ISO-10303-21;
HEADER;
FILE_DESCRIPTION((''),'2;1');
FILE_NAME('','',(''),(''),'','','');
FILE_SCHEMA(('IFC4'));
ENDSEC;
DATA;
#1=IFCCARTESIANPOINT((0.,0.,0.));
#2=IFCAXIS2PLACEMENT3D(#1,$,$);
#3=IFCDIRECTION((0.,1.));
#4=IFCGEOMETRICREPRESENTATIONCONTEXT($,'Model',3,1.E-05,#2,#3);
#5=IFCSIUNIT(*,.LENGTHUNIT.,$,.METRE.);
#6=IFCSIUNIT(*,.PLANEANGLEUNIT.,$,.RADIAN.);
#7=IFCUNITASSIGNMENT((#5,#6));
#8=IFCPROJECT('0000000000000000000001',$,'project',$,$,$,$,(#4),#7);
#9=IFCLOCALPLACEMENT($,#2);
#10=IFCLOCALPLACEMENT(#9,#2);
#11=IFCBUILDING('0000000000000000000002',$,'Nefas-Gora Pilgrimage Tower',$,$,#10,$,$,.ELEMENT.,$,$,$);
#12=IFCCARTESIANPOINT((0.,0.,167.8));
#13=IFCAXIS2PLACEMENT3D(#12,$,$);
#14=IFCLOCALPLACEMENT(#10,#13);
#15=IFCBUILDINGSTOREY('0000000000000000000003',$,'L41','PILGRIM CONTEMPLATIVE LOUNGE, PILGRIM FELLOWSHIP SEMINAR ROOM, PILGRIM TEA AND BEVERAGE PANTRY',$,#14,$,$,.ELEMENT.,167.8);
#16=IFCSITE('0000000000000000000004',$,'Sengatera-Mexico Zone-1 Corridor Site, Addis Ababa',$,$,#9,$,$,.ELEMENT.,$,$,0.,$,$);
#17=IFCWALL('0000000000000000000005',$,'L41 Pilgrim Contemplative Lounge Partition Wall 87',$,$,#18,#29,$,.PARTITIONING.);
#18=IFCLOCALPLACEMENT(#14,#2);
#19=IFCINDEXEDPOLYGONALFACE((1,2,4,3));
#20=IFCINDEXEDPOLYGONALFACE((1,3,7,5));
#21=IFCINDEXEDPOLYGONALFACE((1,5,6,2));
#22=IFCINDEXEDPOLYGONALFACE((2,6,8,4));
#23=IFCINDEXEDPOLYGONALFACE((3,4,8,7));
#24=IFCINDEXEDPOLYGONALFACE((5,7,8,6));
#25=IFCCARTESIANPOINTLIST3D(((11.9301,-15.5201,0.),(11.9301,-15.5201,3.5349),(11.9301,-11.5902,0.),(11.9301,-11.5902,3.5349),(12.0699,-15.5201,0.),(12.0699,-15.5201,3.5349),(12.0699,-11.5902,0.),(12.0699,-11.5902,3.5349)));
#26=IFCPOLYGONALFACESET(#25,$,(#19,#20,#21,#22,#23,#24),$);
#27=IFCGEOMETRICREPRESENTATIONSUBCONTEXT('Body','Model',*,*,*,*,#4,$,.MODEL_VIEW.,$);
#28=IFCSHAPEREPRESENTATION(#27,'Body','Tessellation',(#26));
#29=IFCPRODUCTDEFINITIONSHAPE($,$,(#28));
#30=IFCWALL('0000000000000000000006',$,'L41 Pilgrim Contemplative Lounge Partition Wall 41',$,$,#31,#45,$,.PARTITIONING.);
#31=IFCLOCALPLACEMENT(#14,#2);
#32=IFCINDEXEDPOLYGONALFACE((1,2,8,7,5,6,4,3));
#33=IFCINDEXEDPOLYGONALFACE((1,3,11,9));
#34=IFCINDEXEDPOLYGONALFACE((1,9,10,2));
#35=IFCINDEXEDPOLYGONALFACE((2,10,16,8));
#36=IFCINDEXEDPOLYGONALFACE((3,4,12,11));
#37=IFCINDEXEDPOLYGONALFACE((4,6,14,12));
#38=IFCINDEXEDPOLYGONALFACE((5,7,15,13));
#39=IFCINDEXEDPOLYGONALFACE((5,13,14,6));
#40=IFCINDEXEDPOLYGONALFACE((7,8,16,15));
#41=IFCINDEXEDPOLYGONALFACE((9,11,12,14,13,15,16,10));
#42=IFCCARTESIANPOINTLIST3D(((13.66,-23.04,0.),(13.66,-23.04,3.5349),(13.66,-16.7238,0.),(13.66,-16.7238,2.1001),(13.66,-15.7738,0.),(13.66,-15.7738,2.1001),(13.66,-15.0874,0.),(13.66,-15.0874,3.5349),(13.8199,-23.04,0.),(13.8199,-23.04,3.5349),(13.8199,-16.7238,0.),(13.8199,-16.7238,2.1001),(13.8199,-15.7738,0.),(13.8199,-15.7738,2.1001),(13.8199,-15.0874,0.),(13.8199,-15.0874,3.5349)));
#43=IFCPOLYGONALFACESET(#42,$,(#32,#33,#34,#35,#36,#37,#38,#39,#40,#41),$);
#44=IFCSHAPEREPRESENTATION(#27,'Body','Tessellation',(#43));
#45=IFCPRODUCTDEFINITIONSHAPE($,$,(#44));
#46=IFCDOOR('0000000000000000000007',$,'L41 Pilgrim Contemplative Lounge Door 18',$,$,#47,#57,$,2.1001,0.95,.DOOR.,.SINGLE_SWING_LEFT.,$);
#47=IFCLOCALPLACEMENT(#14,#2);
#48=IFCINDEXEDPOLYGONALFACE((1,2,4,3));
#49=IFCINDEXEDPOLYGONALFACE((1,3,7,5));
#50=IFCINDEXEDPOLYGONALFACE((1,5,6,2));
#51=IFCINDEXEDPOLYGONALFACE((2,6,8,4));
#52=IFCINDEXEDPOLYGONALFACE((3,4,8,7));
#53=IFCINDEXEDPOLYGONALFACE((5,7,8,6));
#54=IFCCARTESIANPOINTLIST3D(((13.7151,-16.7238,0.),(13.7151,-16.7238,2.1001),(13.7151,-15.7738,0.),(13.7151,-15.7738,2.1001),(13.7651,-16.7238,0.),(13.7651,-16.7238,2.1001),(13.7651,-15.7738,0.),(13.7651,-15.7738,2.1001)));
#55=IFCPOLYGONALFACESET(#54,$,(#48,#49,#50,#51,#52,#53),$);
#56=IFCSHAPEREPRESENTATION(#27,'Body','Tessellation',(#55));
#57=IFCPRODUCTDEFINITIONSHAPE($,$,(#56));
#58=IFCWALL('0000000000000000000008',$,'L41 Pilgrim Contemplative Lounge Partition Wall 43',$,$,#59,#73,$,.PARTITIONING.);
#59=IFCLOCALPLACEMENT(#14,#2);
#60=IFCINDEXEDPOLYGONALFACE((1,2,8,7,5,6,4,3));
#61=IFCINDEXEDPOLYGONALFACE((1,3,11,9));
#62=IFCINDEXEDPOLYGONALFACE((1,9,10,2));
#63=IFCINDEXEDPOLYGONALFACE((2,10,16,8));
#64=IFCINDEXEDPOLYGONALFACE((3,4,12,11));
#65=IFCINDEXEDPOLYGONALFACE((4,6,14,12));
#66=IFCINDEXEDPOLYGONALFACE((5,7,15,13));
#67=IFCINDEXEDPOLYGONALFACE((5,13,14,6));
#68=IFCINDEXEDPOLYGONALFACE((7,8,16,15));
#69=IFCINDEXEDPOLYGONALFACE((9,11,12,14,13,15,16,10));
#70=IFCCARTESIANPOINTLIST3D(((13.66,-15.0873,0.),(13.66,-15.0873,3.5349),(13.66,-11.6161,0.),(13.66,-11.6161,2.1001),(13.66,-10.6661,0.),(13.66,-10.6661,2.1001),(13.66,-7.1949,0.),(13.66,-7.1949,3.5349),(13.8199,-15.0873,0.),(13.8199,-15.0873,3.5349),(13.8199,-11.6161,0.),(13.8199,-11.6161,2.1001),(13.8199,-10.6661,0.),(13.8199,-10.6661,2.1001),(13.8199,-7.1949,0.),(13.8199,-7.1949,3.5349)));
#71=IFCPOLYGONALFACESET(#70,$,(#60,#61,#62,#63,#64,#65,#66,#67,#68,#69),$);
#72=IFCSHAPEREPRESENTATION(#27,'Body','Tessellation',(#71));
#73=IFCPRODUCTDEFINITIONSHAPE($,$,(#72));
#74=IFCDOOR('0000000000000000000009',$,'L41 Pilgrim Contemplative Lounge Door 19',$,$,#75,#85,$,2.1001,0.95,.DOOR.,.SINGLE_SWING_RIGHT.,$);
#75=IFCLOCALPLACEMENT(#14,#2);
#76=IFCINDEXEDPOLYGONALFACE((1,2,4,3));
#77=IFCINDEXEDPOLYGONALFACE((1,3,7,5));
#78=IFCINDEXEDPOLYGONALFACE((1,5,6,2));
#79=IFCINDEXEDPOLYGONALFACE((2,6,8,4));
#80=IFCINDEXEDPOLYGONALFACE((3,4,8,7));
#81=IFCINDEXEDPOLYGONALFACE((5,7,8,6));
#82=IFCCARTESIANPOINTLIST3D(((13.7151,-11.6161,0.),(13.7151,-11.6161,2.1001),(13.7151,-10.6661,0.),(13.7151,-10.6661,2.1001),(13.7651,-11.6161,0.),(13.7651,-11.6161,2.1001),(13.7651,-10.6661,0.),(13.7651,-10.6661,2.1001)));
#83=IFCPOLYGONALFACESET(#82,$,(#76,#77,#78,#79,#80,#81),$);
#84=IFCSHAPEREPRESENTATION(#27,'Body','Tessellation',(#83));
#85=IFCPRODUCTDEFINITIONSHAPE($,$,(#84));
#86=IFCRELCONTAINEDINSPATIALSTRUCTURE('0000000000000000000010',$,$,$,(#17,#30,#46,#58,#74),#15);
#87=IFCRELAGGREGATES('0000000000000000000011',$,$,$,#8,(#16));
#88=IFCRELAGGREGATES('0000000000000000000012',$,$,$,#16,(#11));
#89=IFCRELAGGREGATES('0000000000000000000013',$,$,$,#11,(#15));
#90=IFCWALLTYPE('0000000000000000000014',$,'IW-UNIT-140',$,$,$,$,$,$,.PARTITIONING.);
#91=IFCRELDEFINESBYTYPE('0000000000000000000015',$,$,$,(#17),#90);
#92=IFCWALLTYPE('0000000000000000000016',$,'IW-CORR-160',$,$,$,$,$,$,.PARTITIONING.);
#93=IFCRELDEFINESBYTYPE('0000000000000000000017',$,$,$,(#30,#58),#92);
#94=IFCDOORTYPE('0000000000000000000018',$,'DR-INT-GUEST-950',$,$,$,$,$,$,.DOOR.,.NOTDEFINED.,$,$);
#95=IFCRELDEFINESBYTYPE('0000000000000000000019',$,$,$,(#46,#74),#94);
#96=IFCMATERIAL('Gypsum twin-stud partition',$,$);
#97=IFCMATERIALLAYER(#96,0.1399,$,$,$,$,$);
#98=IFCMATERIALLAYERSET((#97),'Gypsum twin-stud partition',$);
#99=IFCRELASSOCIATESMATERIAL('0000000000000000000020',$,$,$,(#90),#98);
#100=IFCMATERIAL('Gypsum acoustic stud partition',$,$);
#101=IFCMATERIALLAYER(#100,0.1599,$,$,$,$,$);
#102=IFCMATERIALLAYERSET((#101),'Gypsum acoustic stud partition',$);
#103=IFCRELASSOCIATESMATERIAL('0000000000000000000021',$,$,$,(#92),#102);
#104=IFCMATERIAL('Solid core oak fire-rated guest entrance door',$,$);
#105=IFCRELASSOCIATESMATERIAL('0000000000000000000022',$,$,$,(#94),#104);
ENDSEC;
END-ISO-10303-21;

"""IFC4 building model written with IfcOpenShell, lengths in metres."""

from ifc_helpers import new_model, si_unit, direction, frame, frame_2d, origin, place, context, subcontext, project, spatial, rectangle, extrude, source, transform, mapped, material, layer, layer_set, type_object, element, fill, save


model = new_model("IFC4")

# Units and contexts
model_context = context("Model", 3, precision=1e-05, world=origin(), true_north=direction((0.0, 1.0)))
body_context = subcontext(model_context, "Body", "Model", "MODEL_VIEW")
ifc_project = project(units=[si_unit("LENGTHUNIT", "METRE"), si_unit("PLANEANGLEUNIT", "RADIAN")], contexts=[model_context])

# Site, building, storey
site_placement = place(None, origin())
site = spatial("IfcSite", under=ifc_project, at=site_placement, Name="Sengatera-Mexico Zone-1 Corridor Site, Addis Ababa", CompositionType="ELEMENT", RefElevation=0.0)
building_placement = place(site_placement, origin())
building = spatial("IfcBuilding", under=site, at=building_placement, Name="Nefas-Gora Pilgrimage Tower", CompositionType="ELEMENT")
storey_placement = place(building_placement, frame((0.0, 0.0, 167.8)))
storey = spatial("IfcBuildingStorey", under=building, at=storey_placement, Name="L41", Description="PILGRIM CONTEMPLATIVE LOUNGE, PILGRIM FELLOWSHIP SEMINAR ROOM, PILGRIM TEA AND BEVERAGE PANTRY", CompositionType="ELEMENT", Elevation=167.8)

# Wall
ifc_material_1 = material(Name="Gypsum twin-stud partition")
ifc_layer_1 = layer(ifc_material_1, 0.1399)
ifc_layer_set_1 = layer_set([ifc_layer_1], Name="Gypsum twin-stud partition")
wall_type_1 = type_object("IfcWallType", Name="IW-UNIT-140", PredefinedType="PARTITIONING", material=ifc_layer_set_1)
shared_shape_1 = source(origin(), body_context, "Body", "SweptSolid", [
    extrude(rectangle(XDim=3.9299, YDim=0.1399, at=frame_2d((1.9648, 0.0))), origin(), (0.0, 0.0, 1.0), 3.5349),
])
wall_1_placement = place(storey_placement, frame((12.0, -15.52, 0.0), z_axis=(0.0, 0.0, 1.0), x_axis=(0.0, 1.0, 0.0)))
element("IfcWall", 1, at=wall_1_placement, inside=storey, type_object=wall_type_1, Name="L41 Pilgrim Contemplative Lounge Partition Wall 87", PredefinedType="PARTITIONING", context=body_context, shape_type="MappedRepresentation", body=[
    mapped(shared_shape_1, transform((0.0, 0.0, 0.0), x_axis=(1.0, 0.0, 0.0), y_axis=(0.0, 1.0, 0.0), z_axis=(0.0, 0.0, 1.0), scale=1.0)),
])

# Walls, openings, doors
ifc_material_2 = material(Name="Gypsum acoustic stud partition")
ifc_layer_2 = layer(ifc_material_2, 0.1599)
ifc_layer_set_2 = layer_set([ifc_layer_2], Name="Gypsum acoustic stud partition")
wall_type_2 = type_object("IfcWallType", Name="IW-CORR-160", PredefinedType="PARTITIONING", material=ifc_layer_set_2)
shared_shape_2 = source(origin(), body_context, "Body", "SweptSolid", [
    extrude(rectangle(XDim=7.9526, YDim=0.1599, at=frame_2d((3.9763, 0.0))), origin(), (0.0, 0.0, 1.0), 3.5349),
])
wall_2_placement = place(storey_placement, frame((13.74, -23.04, 0.0), z_axis=(0.0, 0.0, 1.0), x_axis=(0.0, 1.0, 0.0)))
wall_2 = element("IfcWall", 2, at=wall_2_placement, inside=storey, type_object=wall_type_2, Name="L41 Pilgrim Contemplative Lounge Partition Wall 41", PredefinedType="PARTITIONING", context=body_context, shape_type="MappedRepresentation", body=[
    mapped(shared_shape_2, transform((0.0, 0.0, 0.0), x_axis=(1.0, 0.0, 0.0), y_axis=(0.0, 1.0, 0.0), z_axis=(0.0, 0.0, 1.0), scale=1.0)),
])
opening_1_placement = place(wall_2_placement, frame((6.3162, 0.0, 0.0)))
opening_1 = element("IfcOpeningElement", 3, at=opening_1_placement, cuts=wall_2, PredefinedType="OPENING", context=body_context, shape_type="SweptSolid", body=[
    extrude(rectangle(XDim=0.95, YDim=2.1001, at=frame_2d((0.4751, 1.05))), frame((0.0, 0.0898, 0.0), z_axis=(0.0, -1.0, 0.0), x_axis=(1.0, 0.0, 0.0)), (0.0, 0.0, 1.0), 0.1799),
])
ifc_material_3 = material(Name="Solid core oak fire-rated guest entrance door")
door_type = type_object("IfcDoorType", Name="DR-INT-GUEST-950", OperationType="NOTDEFINED", PredefinedType="DOOR", material=ifc_material_3)
shared_shape_3 = source(origin(), body_context, "Body", "SweptSolid", [
    extrude(rectangle(XDim=0.95, YDim=2.1001, at=frame_2d((0.4751, 1.05))), frame((0.0, 0.0249, 0.0), z_axis=(0.0, -1.0, 0.0), x_axis=(1.0, 0.0, 0.0)), (0.0, 0.0, 1.0), 0.05),
])
door_1_placement = place(opening_1_placement, origin())
door_1 = element("IfcDoor", 4, at=door_1_placement, inside=storey, type_object=door_type, Name="L41 Pilgrim Contemplative Lounge Door 18", OperationType="SINGLE_SWING_LEFT", OverallHeight=2.1001, OverallWidth=0.95, PredefinedType="DOOR", context=body_context, shape_type="MappedRepresentation", body=[
    mapped(shared_shape_3, transform((0.0, 0.0, 0.0), x_axis=(1.0, 0.0, 0.0), y_axis=(0.0, 1.0, 0.0), z_axis=(0.0, 0.0, 1.0), scale=1.0)),
])
fill(opening_1, door_1)
shared_shape_4 = source(origin(), body_context, "Body", "SweptSolid", [
    extrude(rectangle(XDim=7.8923, YDim=0.1599, at=frame_2d((3.9463, 0.0))), origin(), (0.0, 0.0, 1.0), 3.5349),
])
wall_3_placement = place(storey_placement, frame((13.74, -15.0874, 0.0), z_axis=(0.0, 0.0, 1.0), x_axis=(0.0, 1.0, 0.0)))
wall_3 = element("IfcWall", 5, at=wall_3_placement, inside=storey, type_object=wall_type_2, Name="L41 Pilgrim Contemplative Lounge Partition Wall 43", PredefinedType="PARTITIONING", context=body_context, shape_type="MappedRepresentation", body=[
    mapped(shared_shape_4, transform((0.0, 0.0, 0.0), x_axis=(1.0, 0.0, 0.0), y_axis=(0.0, 1.0, 0.0), z_axis=(0.0, 0.0, 1.0), scale=1.0)),
])
opening_2_placement = place(wall_3_placement, frame((3.4712, 0.0, 0.0)))
opening_2 = element("IfcOpeningElement", 6, at=opening_2_placement, cuts=wall_3, PredefinedType="OPENING", context=body_context, shape_type="SweptSolid", body=[
    extrude(rectangle(XDim=0.95, YDim=2.1001, at=frame_2d((0.4751, 1.05))), frame((0.0, 0.0898, 0.0), z_axis=(0.0, -1.0, 0.0), x_axis=(1.0, 0.0, 0.0)), (0.0, 0.0, 1.0), 0.1799),
])
door_2_placement = place(opening_2_placement, origin())
door_2 = element("IfcDoor", 7, at=door_2_placement, inside=storey, type_object=door_type, Name="L41 Pilgrim Contemplative Lounge Door 19", OperationType="SINGLE_SWING_RIGHT", OverallHeight=2.1001, OverallWidth=0.95, PredefinedType="DOOR", context=body_context, shape_type="MappedRepresentation", body=[
    mapped(shared_shape_3, transform((0.0, 0.0, 0.0), x_axis=(1.0, 0.0, 0.0), y_axis=(0.0, 1.0, 0.0), z_axis=(0.0, 0.0, 1.0), scale=1.0)),
])
fill(opening_2, door_2)

save(model, "model.ifc")
